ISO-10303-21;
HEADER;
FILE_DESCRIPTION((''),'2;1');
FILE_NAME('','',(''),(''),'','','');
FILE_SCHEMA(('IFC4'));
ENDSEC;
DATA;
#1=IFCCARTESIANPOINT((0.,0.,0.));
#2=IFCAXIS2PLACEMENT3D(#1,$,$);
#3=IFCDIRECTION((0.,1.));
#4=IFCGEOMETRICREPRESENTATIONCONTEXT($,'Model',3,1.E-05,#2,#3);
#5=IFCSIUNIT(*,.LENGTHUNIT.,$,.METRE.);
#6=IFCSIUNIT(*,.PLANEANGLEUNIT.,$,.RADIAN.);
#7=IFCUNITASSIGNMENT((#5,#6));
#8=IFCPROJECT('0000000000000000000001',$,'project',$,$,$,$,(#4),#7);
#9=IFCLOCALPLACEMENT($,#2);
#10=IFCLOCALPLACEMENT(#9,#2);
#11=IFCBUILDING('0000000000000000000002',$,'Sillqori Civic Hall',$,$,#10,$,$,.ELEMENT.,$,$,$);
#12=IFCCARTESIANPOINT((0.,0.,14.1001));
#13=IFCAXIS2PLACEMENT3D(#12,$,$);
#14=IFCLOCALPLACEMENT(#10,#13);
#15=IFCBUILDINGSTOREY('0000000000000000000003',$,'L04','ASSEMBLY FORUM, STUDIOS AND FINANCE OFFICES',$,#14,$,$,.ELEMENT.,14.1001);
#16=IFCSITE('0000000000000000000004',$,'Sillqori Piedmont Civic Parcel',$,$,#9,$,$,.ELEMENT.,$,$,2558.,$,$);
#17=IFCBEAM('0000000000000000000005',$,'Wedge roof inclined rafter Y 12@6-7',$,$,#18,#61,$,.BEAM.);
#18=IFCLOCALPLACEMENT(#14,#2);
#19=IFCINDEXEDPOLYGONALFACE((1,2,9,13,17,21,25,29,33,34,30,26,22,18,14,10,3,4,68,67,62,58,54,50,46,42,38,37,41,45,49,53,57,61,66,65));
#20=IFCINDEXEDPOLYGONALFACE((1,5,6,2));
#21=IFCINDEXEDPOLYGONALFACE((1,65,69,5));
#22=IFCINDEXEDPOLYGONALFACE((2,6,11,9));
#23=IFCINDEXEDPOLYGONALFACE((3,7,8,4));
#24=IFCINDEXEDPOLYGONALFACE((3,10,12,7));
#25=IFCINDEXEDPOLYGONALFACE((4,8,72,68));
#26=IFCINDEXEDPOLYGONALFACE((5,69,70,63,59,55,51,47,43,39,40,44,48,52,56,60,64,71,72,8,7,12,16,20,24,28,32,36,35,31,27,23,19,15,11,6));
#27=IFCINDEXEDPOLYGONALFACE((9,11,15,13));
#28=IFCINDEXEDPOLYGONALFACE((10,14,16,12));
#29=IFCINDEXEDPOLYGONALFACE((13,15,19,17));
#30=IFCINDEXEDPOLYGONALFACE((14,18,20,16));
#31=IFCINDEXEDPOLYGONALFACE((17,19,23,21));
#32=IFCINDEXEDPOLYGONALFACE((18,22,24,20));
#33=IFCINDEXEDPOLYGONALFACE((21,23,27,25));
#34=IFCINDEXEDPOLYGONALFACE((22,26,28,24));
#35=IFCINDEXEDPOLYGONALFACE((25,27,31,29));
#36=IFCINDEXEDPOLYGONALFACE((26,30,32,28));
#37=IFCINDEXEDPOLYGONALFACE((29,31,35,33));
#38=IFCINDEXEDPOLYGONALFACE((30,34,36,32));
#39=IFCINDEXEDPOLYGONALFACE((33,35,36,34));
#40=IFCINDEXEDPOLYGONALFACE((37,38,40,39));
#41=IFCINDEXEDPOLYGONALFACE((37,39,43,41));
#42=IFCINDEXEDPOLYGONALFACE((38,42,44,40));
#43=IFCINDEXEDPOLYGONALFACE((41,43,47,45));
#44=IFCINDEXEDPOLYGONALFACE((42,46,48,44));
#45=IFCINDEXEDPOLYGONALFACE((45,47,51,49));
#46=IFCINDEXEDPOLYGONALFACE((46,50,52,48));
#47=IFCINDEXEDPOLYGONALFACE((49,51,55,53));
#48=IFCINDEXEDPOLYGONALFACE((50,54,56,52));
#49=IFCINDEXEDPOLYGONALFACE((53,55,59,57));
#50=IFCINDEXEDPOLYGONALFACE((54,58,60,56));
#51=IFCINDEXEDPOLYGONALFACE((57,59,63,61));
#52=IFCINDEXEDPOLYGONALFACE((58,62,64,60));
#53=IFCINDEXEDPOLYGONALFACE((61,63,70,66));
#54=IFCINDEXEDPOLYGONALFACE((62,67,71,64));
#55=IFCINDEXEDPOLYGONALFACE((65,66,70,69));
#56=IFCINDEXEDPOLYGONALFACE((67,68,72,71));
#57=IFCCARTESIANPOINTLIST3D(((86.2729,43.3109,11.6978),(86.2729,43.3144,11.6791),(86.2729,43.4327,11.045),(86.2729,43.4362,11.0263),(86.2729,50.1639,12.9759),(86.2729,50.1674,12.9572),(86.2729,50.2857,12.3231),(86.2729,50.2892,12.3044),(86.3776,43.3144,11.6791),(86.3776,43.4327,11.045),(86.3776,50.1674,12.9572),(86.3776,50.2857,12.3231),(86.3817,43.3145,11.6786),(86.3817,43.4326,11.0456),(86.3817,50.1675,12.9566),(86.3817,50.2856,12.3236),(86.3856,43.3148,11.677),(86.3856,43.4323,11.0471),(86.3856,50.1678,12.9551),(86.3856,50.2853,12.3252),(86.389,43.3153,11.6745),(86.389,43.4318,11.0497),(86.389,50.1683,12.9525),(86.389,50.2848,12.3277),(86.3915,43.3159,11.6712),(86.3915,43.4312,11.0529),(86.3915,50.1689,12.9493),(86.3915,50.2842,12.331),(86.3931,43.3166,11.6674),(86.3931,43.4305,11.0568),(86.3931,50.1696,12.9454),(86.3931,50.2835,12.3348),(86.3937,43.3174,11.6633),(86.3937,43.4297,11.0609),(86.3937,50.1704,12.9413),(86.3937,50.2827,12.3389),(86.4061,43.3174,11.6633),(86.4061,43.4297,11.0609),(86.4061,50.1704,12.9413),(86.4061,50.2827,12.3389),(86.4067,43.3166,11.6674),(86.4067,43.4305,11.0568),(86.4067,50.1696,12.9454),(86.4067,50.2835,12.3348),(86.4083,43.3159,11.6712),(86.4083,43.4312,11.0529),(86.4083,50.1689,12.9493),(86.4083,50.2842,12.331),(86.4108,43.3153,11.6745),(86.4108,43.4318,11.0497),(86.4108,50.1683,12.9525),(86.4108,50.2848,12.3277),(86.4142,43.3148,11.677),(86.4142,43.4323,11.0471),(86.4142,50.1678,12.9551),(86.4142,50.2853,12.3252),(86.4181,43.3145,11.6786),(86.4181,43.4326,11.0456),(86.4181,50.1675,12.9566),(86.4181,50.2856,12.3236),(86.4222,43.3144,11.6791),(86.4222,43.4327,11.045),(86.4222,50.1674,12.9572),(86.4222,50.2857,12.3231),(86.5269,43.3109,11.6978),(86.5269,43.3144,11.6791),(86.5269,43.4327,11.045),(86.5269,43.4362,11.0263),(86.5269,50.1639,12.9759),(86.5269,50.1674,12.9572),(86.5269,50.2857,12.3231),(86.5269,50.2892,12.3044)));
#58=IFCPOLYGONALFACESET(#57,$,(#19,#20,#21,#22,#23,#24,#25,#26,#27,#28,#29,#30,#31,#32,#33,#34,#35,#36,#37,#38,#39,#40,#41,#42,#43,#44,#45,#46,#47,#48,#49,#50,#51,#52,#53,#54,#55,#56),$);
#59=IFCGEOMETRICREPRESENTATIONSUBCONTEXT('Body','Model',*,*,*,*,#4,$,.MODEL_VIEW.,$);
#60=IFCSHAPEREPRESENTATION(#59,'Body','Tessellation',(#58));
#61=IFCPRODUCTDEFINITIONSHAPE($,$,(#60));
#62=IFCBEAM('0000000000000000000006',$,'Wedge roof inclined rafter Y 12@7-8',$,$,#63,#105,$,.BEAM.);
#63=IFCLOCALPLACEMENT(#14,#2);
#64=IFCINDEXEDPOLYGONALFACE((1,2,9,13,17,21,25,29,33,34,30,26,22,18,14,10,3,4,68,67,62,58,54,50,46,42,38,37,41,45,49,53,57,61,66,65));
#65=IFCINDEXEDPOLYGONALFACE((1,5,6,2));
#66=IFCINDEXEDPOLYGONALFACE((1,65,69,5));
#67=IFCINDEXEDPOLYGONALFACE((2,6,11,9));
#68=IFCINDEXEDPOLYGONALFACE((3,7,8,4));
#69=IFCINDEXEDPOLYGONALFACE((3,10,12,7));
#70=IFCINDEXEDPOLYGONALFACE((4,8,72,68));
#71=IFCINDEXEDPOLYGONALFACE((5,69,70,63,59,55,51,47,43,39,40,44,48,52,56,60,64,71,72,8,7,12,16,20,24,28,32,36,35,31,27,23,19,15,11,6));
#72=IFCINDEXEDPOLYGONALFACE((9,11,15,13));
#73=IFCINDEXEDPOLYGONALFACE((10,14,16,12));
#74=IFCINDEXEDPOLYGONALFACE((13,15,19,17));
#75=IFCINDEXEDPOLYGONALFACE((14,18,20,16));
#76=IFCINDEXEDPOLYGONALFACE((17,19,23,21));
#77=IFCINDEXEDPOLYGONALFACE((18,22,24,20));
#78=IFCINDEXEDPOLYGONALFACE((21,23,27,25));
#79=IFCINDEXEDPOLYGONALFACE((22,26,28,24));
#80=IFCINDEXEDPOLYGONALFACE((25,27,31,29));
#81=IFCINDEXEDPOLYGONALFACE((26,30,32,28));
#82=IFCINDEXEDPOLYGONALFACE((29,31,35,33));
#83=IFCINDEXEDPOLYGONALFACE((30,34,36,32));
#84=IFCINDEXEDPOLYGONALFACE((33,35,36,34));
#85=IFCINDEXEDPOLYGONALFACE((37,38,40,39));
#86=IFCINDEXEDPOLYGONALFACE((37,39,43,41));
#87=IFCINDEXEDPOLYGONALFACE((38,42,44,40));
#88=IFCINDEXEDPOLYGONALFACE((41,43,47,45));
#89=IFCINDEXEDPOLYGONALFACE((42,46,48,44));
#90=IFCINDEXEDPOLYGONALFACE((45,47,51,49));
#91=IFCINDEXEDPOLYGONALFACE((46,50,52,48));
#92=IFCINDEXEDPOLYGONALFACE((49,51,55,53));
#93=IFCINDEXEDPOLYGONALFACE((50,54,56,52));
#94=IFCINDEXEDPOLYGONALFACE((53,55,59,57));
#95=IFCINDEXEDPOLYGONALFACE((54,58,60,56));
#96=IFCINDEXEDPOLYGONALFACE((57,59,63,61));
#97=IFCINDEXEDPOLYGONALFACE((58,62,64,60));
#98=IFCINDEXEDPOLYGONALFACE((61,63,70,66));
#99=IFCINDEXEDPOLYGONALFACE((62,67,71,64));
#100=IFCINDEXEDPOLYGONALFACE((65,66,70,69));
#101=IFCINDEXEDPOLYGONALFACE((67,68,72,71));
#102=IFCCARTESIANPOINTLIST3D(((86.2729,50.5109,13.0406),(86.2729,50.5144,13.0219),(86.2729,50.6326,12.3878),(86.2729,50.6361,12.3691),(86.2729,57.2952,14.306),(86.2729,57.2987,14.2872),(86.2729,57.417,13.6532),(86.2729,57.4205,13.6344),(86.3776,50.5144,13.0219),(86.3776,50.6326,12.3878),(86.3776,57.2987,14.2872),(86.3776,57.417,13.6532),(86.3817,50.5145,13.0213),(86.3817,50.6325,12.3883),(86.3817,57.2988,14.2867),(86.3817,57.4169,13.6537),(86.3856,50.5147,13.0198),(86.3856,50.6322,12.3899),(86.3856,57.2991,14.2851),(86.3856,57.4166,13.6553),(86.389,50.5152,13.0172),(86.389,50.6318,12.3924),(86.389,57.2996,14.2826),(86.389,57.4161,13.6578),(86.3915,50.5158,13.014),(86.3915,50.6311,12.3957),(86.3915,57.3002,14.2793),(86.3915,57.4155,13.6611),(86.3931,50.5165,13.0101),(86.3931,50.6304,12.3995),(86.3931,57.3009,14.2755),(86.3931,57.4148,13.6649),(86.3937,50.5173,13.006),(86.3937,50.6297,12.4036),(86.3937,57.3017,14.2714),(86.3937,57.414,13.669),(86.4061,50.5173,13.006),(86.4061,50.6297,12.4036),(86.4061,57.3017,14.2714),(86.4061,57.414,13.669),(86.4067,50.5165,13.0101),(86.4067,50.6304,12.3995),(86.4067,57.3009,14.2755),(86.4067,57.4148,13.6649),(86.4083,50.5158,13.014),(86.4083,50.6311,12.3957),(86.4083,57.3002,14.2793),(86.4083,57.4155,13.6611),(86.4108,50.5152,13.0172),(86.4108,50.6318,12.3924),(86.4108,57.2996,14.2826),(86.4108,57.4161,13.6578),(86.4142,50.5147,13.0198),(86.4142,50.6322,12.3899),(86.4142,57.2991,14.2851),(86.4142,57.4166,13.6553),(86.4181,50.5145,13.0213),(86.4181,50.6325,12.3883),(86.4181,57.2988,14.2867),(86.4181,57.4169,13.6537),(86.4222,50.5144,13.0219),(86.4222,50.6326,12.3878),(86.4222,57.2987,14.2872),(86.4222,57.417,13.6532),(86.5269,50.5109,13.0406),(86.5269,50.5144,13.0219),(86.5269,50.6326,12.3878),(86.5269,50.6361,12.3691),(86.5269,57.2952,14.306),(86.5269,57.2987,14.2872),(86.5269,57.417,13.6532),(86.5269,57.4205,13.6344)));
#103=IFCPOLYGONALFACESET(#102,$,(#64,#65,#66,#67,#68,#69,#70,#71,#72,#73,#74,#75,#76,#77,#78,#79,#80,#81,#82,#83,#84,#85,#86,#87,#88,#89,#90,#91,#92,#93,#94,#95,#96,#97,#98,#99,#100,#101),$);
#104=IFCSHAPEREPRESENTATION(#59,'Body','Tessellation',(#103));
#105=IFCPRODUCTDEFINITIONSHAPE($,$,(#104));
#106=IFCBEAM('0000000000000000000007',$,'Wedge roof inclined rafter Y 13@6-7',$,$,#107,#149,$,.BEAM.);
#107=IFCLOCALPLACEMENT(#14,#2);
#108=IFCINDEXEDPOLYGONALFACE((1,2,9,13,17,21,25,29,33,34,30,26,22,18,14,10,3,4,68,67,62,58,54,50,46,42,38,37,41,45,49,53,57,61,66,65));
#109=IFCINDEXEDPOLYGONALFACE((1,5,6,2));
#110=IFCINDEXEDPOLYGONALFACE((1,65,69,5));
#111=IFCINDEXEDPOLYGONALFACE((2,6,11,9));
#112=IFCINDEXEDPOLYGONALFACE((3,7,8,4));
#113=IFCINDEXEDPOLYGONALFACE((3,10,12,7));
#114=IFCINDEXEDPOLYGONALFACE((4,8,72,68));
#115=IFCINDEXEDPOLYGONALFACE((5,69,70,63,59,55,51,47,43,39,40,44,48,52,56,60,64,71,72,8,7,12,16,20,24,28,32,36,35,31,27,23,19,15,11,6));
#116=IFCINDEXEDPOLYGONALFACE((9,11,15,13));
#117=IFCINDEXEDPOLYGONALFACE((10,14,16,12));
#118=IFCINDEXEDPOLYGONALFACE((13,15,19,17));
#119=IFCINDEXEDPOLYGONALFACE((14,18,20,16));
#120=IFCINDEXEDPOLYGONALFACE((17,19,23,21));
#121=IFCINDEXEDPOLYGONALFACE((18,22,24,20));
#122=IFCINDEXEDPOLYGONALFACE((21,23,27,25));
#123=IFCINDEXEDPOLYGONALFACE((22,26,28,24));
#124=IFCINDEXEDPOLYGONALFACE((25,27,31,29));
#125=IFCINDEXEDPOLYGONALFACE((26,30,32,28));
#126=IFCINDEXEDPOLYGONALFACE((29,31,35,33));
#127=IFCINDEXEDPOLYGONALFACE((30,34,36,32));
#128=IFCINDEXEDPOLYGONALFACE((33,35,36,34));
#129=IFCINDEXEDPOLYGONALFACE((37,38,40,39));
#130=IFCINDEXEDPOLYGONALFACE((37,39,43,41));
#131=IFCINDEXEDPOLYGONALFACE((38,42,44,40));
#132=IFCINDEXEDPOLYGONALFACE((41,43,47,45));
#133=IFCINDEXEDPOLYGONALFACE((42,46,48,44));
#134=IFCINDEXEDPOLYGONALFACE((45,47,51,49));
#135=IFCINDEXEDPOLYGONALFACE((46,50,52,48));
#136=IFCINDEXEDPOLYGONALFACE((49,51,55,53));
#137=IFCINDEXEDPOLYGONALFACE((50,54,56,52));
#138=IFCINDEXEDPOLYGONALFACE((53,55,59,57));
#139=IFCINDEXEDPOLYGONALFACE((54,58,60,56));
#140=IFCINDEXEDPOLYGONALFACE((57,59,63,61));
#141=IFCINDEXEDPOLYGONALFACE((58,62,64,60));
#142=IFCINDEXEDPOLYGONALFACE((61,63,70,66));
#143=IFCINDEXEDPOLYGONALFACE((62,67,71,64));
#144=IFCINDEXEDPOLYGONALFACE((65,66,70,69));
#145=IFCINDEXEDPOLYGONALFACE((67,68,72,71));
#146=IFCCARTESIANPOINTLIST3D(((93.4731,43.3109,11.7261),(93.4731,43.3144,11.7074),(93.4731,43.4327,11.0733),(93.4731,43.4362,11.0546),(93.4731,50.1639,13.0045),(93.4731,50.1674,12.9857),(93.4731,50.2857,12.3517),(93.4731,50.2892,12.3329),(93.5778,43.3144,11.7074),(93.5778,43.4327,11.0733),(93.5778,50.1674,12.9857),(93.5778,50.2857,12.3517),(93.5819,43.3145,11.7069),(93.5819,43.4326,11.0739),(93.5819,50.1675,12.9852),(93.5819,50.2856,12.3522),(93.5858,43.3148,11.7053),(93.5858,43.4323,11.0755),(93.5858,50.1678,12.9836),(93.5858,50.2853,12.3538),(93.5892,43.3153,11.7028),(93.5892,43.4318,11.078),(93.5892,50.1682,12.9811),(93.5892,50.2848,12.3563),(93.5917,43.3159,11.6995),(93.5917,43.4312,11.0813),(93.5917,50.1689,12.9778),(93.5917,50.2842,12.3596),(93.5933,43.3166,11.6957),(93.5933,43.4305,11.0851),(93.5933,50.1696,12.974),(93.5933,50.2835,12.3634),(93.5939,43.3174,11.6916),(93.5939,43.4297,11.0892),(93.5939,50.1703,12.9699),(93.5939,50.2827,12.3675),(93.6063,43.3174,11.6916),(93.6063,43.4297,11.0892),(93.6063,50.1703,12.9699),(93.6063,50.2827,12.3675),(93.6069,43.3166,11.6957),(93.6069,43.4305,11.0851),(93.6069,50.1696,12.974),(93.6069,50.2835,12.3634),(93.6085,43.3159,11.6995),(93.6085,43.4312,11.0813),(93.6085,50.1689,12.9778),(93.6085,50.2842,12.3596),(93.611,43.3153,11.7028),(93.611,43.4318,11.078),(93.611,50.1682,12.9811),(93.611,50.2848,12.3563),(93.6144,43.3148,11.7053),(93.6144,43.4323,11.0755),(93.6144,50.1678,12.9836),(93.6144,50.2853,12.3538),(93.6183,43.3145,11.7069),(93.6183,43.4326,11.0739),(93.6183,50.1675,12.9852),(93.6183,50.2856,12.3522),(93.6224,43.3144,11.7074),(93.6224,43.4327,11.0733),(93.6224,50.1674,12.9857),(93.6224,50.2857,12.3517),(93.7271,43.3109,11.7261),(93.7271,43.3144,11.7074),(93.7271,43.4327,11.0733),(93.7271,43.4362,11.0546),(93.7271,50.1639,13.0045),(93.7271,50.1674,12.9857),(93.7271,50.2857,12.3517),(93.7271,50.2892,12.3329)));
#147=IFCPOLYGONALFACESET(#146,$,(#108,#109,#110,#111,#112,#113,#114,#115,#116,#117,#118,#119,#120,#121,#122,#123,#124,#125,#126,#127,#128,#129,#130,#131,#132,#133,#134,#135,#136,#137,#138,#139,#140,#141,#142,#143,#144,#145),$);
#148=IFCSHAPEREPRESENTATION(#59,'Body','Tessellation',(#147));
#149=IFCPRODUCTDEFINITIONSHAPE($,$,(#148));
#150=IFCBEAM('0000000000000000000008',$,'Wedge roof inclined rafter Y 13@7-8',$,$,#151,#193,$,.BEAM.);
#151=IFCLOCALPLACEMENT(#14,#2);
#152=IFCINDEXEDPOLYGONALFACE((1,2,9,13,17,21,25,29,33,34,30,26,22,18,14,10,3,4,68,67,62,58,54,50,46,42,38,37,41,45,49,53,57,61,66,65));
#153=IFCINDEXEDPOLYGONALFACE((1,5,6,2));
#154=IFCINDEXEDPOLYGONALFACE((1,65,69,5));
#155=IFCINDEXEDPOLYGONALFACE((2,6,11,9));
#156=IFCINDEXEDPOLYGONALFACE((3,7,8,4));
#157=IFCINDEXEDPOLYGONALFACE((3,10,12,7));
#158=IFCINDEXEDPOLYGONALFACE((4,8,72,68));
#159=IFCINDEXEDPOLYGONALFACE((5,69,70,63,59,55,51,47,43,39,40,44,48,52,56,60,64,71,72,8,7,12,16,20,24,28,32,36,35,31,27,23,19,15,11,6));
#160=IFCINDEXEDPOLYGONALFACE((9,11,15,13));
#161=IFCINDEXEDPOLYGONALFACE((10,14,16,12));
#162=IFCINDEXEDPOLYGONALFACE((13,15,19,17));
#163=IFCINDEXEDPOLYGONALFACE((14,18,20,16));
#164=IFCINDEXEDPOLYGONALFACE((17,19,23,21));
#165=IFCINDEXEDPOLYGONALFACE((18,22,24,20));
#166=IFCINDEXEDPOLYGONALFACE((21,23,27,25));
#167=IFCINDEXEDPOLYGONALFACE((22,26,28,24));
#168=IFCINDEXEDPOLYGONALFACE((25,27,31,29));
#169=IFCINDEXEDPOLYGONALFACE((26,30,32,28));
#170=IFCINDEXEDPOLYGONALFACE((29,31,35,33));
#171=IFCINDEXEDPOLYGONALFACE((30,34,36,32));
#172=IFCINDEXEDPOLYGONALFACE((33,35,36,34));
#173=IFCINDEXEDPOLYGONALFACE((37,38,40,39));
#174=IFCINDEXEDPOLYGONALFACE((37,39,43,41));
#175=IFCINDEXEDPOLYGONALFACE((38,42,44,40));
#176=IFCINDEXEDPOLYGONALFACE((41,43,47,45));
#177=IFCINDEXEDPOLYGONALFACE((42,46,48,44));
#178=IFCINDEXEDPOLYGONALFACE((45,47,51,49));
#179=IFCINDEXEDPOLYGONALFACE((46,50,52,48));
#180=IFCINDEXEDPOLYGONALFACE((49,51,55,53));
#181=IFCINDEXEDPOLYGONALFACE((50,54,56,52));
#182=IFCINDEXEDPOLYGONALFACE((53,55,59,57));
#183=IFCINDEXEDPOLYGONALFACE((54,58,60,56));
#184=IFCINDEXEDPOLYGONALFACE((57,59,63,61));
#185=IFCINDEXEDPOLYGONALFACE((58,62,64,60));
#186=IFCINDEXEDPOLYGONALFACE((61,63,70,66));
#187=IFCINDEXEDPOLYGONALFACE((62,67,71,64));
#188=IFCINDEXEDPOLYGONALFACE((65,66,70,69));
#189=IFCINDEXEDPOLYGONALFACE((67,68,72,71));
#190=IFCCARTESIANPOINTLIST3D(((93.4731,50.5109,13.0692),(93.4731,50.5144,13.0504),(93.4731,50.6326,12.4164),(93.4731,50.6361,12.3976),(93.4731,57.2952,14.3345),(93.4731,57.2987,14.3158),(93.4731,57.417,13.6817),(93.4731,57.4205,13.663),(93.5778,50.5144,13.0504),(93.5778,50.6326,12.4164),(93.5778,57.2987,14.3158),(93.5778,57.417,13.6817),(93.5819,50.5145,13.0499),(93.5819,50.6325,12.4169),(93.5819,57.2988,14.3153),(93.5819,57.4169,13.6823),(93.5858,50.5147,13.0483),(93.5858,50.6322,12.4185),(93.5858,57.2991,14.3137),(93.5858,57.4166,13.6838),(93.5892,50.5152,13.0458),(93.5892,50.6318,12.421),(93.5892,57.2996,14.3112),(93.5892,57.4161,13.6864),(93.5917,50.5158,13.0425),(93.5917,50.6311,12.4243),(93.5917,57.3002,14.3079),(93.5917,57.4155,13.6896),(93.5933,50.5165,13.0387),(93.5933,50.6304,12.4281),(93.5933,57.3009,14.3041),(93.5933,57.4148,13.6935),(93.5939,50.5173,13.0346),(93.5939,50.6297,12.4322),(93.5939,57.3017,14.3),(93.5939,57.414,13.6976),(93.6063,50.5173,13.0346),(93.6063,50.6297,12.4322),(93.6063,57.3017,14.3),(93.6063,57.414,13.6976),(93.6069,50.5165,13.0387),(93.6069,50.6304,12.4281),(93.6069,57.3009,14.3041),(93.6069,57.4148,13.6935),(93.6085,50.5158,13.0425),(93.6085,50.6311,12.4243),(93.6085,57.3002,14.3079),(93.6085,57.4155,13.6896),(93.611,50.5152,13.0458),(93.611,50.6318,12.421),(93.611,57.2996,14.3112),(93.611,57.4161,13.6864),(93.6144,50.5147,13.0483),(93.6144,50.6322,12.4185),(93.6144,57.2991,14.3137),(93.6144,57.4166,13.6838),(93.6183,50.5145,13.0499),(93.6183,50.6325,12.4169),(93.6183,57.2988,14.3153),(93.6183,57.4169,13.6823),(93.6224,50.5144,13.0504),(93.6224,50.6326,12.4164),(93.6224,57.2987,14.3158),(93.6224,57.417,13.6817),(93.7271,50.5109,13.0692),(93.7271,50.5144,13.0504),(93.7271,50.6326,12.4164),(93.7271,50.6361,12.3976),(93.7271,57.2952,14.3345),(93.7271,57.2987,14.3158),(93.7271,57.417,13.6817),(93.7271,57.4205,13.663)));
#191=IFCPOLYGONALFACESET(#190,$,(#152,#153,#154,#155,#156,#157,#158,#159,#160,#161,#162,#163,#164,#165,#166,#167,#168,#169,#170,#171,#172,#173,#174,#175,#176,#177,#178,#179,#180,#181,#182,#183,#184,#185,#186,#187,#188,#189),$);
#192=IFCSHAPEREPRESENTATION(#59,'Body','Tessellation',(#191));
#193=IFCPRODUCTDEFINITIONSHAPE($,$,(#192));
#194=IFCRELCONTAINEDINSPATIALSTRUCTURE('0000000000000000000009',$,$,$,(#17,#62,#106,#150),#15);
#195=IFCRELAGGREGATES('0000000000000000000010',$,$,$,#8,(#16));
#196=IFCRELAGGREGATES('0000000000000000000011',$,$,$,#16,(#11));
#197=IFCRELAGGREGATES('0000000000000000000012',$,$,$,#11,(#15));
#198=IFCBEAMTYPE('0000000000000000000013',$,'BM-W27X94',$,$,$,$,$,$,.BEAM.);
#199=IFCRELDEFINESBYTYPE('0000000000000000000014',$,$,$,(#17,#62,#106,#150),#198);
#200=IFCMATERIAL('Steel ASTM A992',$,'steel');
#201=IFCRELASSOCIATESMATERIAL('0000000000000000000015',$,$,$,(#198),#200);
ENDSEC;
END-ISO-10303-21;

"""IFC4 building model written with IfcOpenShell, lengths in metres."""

from ifc_helpers import new_model, si_unit, direction, frame, origin, origin_2d, place, context, subcontext, project, spatial, i_section, extrude, material, material_profile, profile_set, type_object, element, save


model = new_model("IFC4")

# Units and contexts
model_context = context("Model", 3, precision=1e-05, world=origin(), true_north=direction((0.0, 1.0)))
body_context = subcontext(model_context, "Body", "Model", "MODEL_VIEW")
ifc_project = project(units=[si_unit("LENGTHUNIT", "METRE"), si_unit("PLANEANGLEUNIT", "RADIAN")], contexts=[model_context])

# Site, building, storey
site_placement = place(None, origin())
site = spatial("IfcSite", under=ifc_project, at=site_placement, Name="Sillqori Piedmont Civic Parcel", CompositionType="ELEMENT", RefElevation=2558.0)
building_placement = place(site_placement, origin())
building = spatial("IfcBuilding", under=site, at=building_placement, Name="Sillqori Civic Hall", CompositionType="ELEMENT")
storey_placement = place(building_placement, frame((0.0, 0.0, 14.1001)))
storey = spatial("IfcBuildingStorey", under=building, at=storey_placement, Name="L04", Description="ASSEMBLY FORUM, STUDIOS AND FINANCE OFFICES", CompositionType="ELEMENT", Elevation=14.1001)

# Shared definitions
ifc_material_1 = material(Name="Steel ASTM A992", Category="steel")

# Beams
ifc_material_profile_1 = material_profile(ifc_material_1, i_section(OverallWidth=0.2539, OverallDepth=0.6831, WebThickness=0.0125, FlangeThickness=0.019, FilletRadius=0.0161, at=origin_2d()), Name="W27X94")
ifc_profile_set_1 = profile_set([ifc_material_profile_1], Name="Steel ASTM A992")
beam_type_1 = type_object("IfcBeamType", Name="BM-W27X94", PredefinedType="BEAM", material=ifc_profile_set_1)
beam_1_placement = place(storey_placement, frame((86.3999, 43.3735, 11.3621), z_axis=(0.0, 0.98305, 0.183337), x_axis=(-1.0, 0.0, 0.0)))
element("IfcBeam", 1, at=beam_1_placement, inside=storey, type_object=beam_type_1, Name="Wedge roof inclined rafter Y 12@6-7", PredefinedType="BEAM", context=body_context, shape_type="SweptSolid", body=[
    extrude(i_section(OverallWidth=0.2539, OverallDepth=0.6831, WebThickness=0.0125, FlangeThickness=0.019, FilletRadius=0.0161, at=origin_2d()), origin(), (0.0, 0.0, 1.0), 6.9712),
])
beam_2_placement = place(storey_placement, frame((86.3999, 50.5735, 12.7048), z_axis=(0.0, 0.983048, 0.183351), x_axis=(-1.0, 0.0, 0.0)))
element("IfcBeam", 2, at=beam_2_placement, inside=storey, type_object=beam_type_1, Name="Wedge roof inclined rafter Y 12@7-8", PredefinedType="BEAM", context=body_context, shape_type="SweptSolid", body=[
    extrude(i_section(OverallWidth=0.2539, OverallDepth=0.6831, WebThickness=0.0125, FlangeThickness=0.019, FilletRadius=0.0161, at=origin_2d()), origin(), (0.0, 0.0, 1.0), 6.9014),
])
beam_3_placement = place(storey_placement, frame((93.6001, 43.3735, 11.3904), z_axis=(0.0, 0.983044, 0.183371), x_axis=(-1.0, 0.0, 0.0)))
element("IfcBeam", 3, at=beam_3_placement, inside=storey, type_object=beam_type_1, Name="Wedge roof inclined rafter Y 13@6-7", PredefinedType="BEAM", context=body_context, shape_type="SweptSolid", body=[
    extrude(i_section(OverallWidth=0.2539, OverallDepth=0.6831, WebThickness=0.0125, FlangeThickness=0.019, FilletRadius=0.0161, at=origin_2d()), origin(), (0.0, 0.0, 1.0), 6.9712),
])
beam_4_placement = place(storey_placement, frame((93.6001, 50.5735, 12.7334), z_axis=(0.0, 0.983048, 0.183351), x_axis=(-1.0, 0.0, 0.0)))
element("IfcBeam", 4, at=beam_4_placement, inside=storey, type_object=beam_type_1, Name="Wedge roof inclined rafter Y 13@7-8", PredefinedType="BEAM", context=body_context, shape_type="SweptSolid", body=[
    extrude(i_section(OverallWidth=0.2539, OverallDepth=0.6831, WebThickness=0.0125, FlangeThickness=0.019, FilletRadius=0.0161, at=origin_2d()), origin(), (0.0, 0.0, 1.0), 6.9014),
])

save(model, "model.ifc")
